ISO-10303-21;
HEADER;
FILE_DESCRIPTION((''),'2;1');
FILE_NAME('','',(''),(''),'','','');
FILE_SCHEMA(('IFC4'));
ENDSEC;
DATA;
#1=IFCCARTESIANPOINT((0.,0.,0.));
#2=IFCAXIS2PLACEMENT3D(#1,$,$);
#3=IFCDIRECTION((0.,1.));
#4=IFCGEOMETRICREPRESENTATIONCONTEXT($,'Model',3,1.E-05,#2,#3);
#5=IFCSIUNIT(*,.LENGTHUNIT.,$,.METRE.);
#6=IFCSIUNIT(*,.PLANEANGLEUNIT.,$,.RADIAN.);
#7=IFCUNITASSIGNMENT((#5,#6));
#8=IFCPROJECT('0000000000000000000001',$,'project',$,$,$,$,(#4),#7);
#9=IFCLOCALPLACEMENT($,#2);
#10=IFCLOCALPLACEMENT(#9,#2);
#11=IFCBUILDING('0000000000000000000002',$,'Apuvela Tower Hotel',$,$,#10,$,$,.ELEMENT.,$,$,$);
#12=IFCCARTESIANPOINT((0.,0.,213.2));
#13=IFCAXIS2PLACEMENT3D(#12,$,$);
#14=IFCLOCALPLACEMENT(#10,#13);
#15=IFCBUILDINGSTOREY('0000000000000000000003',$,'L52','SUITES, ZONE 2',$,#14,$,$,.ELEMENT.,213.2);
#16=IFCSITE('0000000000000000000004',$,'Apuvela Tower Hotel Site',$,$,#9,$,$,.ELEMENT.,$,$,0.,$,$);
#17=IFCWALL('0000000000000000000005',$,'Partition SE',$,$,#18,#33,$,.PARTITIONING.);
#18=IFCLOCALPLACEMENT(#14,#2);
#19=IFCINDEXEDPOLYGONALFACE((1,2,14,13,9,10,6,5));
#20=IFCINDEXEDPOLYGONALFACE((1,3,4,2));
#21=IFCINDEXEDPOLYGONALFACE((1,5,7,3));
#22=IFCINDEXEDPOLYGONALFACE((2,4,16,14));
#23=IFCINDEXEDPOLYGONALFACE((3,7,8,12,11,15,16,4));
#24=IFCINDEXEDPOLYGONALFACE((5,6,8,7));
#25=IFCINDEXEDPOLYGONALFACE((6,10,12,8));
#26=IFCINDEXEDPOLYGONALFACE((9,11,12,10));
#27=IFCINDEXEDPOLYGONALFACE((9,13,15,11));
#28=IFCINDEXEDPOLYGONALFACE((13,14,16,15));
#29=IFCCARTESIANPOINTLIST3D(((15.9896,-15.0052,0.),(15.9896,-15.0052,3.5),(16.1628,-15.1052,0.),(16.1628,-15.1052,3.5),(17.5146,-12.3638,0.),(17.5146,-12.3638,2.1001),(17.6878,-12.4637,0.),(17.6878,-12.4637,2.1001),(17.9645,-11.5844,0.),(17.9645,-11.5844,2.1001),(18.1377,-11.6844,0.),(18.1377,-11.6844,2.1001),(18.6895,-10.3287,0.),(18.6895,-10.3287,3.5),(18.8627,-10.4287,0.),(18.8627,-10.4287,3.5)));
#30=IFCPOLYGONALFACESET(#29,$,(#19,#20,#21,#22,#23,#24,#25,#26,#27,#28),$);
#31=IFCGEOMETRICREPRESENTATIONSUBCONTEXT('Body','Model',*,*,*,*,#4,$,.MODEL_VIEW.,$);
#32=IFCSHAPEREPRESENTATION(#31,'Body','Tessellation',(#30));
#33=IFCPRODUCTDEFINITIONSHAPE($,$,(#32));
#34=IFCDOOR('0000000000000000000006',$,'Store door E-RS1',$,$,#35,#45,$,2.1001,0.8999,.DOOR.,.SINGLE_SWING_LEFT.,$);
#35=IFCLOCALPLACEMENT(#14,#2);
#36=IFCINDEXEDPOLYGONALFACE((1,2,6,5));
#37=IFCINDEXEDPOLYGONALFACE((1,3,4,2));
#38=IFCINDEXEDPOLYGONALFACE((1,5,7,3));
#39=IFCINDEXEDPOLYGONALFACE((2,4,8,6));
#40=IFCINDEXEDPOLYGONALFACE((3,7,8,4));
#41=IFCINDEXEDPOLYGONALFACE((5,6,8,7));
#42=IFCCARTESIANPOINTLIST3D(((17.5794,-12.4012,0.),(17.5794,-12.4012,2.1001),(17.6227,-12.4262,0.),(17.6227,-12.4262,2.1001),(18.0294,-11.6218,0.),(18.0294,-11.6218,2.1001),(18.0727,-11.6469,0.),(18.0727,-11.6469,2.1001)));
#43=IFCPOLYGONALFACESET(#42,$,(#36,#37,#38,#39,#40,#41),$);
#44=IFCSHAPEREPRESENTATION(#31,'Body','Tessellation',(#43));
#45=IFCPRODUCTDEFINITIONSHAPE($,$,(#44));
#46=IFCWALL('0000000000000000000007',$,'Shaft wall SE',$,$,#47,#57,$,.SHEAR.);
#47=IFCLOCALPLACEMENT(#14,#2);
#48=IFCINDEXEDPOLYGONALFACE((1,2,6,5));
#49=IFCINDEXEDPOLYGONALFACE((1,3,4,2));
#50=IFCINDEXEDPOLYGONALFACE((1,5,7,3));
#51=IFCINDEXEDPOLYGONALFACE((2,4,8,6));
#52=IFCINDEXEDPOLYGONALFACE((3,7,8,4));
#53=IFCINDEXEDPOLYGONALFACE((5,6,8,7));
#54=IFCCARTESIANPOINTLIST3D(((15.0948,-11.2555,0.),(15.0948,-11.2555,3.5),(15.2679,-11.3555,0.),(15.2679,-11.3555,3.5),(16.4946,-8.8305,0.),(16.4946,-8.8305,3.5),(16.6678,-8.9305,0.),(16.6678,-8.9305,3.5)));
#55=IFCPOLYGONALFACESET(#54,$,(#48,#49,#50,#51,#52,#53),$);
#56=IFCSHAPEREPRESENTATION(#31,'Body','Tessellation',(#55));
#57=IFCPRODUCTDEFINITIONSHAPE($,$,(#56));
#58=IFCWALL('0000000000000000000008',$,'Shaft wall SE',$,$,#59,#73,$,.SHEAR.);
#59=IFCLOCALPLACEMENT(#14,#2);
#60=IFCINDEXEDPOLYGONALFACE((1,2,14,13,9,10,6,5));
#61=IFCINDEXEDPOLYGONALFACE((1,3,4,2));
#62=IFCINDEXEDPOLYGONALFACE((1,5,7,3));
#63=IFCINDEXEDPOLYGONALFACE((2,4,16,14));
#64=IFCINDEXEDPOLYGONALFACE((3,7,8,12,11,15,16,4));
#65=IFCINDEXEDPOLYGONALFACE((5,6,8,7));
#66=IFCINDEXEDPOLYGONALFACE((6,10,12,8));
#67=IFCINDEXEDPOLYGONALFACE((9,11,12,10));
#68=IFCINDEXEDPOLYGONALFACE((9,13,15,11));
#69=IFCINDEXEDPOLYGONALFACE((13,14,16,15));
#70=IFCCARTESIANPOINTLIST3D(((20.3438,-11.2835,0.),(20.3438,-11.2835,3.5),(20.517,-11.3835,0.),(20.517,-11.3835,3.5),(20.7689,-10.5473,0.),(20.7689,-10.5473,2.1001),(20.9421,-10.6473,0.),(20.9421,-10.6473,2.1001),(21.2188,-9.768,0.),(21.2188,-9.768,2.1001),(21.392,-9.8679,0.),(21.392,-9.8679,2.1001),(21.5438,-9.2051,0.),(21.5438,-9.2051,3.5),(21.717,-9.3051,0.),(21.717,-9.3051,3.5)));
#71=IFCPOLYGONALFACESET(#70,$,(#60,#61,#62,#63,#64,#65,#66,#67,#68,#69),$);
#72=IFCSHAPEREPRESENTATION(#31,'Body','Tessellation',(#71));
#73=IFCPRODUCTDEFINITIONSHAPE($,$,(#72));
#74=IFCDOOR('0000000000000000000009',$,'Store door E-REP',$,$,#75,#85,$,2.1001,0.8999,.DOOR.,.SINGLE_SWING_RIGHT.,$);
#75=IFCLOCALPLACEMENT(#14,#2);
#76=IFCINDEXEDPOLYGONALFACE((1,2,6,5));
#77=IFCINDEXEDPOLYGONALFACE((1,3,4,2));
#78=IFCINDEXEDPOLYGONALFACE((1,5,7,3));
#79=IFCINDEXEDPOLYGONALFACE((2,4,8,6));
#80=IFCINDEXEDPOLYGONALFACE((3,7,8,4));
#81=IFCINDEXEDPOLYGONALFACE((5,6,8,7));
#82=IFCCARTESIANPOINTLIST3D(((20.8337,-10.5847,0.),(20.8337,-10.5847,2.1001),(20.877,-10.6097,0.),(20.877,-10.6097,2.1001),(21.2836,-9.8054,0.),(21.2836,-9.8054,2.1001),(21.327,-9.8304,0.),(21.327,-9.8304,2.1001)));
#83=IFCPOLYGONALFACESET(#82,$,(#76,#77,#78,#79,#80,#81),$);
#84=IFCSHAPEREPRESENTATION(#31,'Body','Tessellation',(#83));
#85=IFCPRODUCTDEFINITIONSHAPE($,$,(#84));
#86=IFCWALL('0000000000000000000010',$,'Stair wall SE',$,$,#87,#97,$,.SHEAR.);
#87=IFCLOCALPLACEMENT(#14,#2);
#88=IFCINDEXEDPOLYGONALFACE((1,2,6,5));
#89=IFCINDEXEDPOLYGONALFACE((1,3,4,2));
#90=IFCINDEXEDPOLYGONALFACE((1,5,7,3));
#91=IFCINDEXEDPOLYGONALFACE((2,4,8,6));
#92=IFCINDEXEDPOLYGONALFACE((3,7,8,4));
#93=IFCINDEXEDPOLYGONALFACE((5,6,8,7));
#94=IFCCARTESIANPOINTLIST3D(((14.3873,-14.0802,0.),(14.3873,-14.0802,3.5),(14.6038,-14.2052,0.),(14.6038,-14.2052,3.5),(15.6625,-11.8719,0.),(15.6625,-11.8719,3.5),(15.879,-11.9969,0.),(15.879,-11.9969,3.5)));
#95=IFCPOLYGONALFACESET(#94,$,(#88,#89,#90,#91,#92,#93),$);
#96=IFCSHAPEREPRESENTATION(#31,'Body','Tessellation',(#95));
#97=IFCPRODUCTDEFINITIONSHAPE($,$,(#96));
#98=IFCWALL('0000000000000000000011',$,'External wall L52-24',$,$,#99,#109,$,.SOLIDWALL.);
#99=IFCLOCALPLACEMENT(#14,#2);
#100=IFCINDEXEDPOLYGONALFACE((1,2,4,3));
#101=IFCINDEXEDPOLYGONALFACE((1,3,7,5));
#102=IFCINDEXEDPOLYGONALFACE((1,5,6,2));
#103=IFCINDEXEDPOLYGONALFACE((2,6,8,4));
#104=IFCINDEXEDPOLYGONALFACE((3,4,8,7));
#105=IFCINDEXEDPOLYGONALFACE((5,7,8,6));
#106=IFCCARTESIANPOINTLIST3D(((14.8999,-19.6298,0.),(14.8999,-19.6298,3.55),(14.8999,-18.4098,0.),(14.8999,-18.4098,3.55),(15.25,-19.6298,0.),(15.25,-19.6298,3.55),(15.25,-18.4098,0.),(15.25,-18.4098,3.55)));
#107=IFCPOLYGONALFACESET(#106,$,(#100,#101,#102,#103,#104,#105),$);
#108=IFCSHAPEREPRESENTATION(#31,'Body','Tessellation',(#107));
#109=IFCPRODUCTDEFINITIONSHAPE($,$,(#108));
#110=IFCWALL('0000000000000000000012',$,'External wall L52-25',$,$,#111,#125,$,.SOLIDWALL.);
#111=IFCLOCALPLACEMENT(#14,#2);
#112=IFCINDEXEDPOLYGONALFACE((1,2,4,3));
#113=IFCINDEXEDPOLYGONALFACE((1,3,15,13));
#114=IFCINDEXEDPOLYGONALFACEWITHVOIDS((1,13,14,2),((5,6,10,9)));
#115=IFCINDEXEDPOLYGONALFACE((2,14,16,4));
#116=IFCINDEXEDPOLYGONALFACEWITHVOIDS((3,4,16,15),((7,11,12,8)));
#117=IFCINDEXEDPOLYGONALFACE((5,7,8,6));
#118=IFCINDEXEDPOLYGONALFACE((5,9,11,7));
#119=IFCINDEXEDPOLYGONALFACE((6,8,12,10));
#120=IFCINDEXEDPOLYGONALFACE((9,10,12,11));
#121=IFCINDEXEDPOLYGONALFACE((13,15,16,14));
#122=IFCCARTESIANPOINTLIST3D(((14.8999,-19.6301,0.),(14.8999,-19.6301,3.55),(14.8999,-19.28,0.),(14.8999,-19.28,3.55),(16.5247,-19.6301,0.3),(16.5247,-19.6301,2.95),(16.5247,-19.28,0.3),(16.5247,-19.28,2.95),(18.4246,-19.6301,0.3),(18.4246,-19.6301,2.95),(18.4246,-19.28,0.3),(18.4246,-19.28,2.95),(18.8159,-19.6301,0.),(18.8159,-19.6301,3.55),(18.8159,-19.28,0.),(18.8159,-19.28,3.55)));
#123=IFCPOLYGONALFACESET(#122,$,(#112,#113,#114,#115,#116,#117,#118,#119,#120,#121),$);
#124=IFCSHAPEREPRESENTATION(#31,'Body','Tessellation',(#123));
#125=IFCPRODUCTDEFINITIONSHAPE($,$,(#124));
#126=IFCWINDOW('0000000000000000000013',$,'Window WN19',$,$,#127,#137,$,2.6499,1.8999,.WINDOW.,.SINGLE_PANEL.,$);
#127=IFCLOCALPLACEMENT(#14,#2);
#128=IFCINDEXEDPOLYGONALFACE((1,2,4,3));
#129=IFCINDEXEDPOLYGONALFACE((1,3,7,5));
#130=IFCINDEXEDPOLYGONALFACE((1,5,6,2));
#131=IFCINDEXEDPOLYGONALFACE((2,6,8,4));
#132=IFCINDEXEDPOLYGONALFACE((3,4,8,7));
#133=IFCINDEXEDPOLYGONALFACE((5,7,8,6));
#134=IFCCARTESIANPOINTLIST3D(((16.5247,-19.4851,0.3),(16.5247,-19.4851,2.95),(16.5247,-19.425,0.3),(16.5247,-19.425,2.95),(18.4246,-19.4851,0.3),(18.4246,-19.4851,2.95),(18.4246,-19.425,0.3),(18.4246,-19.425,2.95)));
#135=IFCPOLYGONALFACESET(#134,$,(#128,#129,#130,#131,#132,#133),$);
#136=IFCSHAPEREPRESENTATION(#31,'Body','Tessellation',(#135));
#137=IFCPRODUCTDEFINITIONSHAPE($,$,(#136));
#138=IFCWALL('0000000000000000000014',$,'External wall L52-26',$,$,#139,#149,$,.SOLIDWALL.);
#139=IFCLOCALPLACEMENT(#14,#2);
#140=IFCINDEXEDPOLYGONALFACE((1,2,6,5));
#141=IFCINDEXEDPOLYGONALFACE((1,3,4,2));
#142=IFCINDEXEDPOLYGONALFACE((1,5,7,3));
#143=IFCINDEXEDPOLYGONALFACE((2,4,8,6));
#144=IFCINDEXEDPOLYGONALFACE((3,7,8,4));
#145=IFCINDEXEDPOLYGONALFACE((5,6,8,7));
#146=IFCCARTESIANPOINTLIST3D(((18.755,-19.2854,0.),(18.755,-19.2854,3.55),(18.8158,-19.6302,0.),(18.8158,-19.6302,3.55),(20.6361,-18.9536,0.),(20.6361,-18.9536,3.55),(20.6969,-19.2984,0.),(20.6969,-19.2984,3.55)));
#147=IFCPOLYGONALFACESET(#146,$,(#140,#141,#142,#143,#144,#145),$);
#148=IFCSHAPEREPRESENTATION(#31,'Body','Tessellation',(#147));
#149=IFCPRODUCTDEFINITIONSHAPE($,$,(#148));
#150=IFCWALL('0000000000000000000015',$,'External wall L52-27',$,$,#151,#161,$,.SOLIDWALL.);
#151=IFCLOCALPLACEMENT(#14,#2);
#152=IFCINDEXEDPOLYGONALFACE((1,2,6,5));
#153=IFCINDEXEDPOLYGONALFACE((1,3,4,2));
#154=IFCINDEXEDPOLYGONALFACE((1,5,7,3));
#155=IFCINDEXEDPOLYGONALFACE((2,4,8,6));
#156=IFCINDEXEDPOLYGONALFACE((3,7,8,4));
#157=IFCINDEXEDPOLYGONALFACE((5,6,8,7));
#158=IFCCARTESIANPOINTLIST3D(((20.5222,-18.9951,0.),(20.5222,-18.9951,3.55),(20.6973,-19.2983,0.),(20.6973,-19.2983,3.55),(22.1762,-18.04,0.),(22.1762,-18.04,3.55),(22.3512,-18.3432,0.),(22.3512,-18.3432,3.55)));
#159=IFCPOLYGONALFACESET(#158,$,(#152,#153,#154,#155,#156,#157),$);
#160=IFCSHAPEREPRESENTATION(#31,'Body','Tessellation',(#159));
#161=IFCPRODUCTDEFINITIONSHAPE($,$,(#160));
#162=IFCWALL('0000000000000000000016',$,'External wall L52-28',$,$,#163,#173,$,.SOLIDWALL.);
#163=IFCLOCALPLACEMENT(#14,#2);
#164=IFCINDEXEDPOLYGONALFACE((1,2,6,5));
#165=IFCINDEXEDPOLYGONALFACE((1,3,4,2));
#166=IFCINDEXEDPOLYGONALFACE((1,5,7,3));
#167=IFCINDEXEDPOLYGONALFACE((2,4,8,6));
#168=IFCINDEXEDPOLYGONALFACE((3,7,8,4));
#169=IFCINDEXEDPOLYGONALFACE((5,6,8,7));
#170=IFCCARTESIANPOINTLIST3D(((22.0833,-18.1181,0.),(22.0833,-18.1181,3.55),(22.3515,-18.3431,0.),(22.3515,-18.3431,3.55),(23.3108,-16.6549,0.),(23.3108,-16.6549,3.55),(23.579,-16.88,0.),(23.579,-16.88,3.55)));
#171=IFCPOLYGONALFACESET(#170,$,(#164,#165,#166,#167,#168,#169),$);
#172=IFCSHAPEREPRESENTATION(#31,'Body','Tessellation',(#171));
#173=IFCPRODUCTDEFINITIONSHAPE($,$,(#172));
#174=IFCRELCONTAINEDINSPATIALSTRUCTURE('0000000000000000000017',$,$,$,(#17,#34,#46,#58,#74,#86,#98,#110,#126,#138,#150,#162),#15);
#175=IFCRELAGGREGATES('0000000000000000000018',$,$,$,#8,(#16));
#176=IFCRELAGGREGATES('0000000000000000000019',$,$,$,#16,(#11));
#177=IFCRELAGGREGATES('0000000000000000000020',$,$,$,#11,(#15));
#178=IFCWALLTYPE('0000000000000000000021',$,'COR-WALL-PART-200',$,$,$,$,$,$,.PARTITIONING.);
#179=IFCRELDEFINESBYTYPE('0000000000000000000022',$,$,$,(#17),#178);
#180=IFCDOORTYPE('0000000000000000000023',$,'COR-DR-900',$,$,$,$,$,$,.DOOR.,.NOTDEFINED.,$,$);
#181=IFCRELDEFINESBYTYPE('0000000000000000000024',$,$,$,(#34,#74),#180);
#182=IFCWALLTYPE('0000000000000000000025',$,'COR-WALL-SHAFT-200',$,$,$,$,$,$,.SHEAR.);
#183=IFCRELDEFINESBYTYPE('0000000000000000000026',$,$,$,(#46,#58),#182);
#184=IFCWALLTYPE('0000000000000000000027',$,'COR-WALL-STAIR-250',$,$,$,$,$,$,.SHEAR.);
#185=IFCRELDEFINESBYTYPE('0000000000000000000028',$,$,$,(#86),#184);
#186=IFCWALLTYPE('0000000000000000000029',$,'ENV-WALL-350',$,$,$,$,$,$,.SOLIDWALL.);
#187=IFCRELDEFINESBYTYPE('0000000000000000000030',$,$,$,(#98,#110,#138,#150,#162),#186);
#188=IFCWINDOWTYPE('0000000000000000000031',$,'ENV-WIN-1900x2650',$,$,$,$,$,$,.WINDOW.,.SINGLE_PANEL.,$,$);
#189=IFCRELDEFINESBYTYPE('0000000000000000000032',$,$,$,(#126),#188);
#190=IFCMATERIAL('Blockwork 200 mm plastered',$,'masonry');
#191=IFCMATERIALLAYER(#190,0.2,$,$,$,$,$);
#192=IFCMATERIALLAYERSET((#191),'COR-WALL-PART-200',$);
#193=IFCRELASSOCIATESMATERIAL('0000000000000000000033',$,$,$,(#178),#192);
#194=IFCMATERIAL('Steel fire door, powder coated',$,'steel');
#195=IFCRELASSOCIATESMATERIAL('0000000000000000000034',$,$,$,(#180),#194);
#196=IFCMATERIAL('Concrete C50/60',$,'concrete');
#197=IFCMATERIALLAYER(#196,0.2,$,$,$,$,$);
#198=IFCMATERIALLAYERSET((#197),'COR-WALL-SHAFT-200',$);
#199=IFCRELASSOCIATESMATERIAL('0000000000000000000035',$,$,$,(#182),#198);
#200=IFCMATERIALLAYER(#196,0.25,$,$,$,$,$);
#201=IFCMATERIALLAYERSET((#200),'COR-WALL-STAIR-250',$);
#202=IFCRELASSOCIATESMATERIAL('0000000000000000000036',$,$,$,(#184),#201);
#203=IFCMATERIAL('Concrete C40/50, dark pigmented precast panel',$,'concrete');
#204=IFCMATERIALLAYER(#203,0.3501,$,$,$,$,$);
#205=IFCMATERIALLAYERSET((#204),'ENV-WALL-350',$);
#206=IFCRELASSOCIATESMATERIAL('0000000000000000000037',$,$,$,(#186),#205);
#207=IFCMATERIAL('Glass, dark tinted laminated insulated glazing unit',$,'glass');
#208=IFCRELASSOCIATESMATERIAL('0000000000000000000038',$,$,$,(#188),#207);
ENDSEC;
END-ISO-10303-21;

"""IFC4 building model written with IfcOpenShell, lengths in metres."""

from ifc_helpers import new_model, si_unit, direction, frame, frame_2d, origin, place, context, subcontext, project, spatial, rectangle, extrude, material, layer, layer_set, type_object, element, fill, save


model = new_model("IFC4")

# Units and contexts
model_context = context("Model", 3, precision=1e-05, world=origin(), true_north=direction((0.0, 1.0)))
body_context = subcontext(model_context, "Body", "Model", "MODEL_VIEW")
ifc_project = project(units=[si_unit("LENGTHUNIT", "METRE"), si_unit("PLANEANGLEUNIT", "RADIAN")], contexts=[model_context])

# Site, building, storey
site_placement = place(None, origin())
site = spatial("IfcSite", under=ifc_project, at=site_placement, Name="Apuvela Tower Hotel Site", CompositionType="ELEMENT", RefElevation=0.0)
building_placement = place(site_placement, origin())
building = spatial("IfcBuilding", under=site, at=building_placement, Name="Apuvela Tower Hotel", CompositionType="ELEMENT")
storey_placement = place(building_placement, frame((0.0, 0.0, 213.2)))
storey = spatial("IfcBuildingStorey", under=building, at=storey_placement, Name="L52", Description="SUITES, ZONE 2", CompositionType="ELEMENT", Elevation=213.2)

# Wall, opening, door
ifc_material_1 = material(Name="Blockwork 200 mm plastered", Category="masonry")
ifc_layer_1 = layer(ifc_material_1, 0.2)
ifc_layer_set_1 = layer_set([ifc_layer_1], Name="COR-WALL-PART-200")
wall_type_1 = type_object("IfcWallType", Name="COR-WALL-PART-200", PredefinedType="PARTITIONING", material=ifc_layer_set_1)
wall_1_placement = place(storey_placement, frame((16.0762, -15.0552, 0.0), z_axis=(0.0, 0.0, 1.0), x_axis=(0.499995, 0.866028, 0.0)))
wall_1 = element("IfcWall", 1, at=wall_1_placement, inside=storey, type_object=wall_type_1, Name="Partition SE", PredefinedType="PARTITIONING", context=body_context, shape_type="SweptSolid", body=[
    extrude(rectangle(XDim=5.3999, YDim=0.2, at=frame_2d((2.7, 0.0))), origin(), (0.0, 0.0, 1.0), 3.5),
])
opening_1_placement = place(wall_1_placement, frame((3.05, 0.0, 0.0)))
opening_1 = element("IfcOpeningElement", 2, at=opening_1_placement, cuts=wall_1, PredefinedType="OPENING", context=body_context, shape_type="SweptSolid", body=[
    extrude(rectangle(XDim=0.8999, YDim=2.1001, at=frame_2d((0.45, 1.05))), frame((0.0, 0.1099, 0.0), z_axis=(0.0, -1.0, 0.0), x_axis=(1.0, 0.0, 0.0)), (0.0, 0.0, 1.0), 0.22),
])
ifc_material_2 = material(Name="Steel fire door, powder coated", Category="steel")
door_type_1 = type_object("IfcDoorType", Name="COR-DR-900", OperationType="NOTDEFINED", PredefinedType="DOOR", material=ifc_material_2)
door_1_placement = place(opening_1_placement, frame((0.8999, 0.0, 0.0), z_axis=(0.0, 0.0, 1.0), x_axis=(-1.0, 0.0, 0.0)))
door_1 = element("IfcDoor", 3, at=door_1_placement, inside=storey, type_object=door_type_1, Name="Store door E-RS1", OperationType="SINGLE_SWING_LEFT", OverallHeight=2.1001, OverallWidth=0.8999, PredefinedType="DOOR", context=body_context, shape_type="SweptSolid", body=[
    extrude(rectangle(XDim=0.8999, YDim=2.1001, at=frame_2d((0.45, 1.05))), frame((0.0, 0.0249, 0.0), z_axis=(0.0, -1.0, 0.0), x_axis=(1.0, 0.0, 0.0)), (0.0, 0.0, 1.0), 0.05),
])
fill(opening_1, door_1)

# Wall
ifc_material_3 = material(Name="Concrete C50/60", Category="concrete")
ifc_layer_2 = layer(ifc_material_3, 0.2)
ifc_layer_set_2 = layer_set([ifc_layer_2], Name="COR-WALL-SHAFT-200")
wall_type_2 = type_object("IfcWallType", Name="COR-WALL-SHAFT-200", PredefinedType="SHEAR", material=ifc_layer_set_2)
wall_2_placement = place(storey_placement, frame((15.1814, -11.3054, 0.0), z_axis=(0.0, 0.0, 1.0), x_axis=(0.499946, 0.866056, 0.0)))
element("IfcWall", 4, at=wall_2_placement, inside=storey, type_object=wall_type_2, Name="Shaft wall SE", PredefinedType="SHEAR", context=body_context, shape_type="SweptSolid", body=[
    extrude(rectangle(XDim=2.8, YDim=0.2, at=frame_2d((1.3999, 0.0))), origin(), (0.0, 0.0, 1.0), 3.5),
])

# Wall, opening, door
wall_3_placement = place(storey_placement, frame((20.4304, -11.3335, 0.0), z_axis=(0.0, 0.0, 1.0), x_axis=(0.500001, 0.866025, 0.0)))
wall_3 = element("IfcWall", 5, at=wall_3_placement, inside=storey, type_object=wall_type_2, Name="Shaft wall SE", PredefinedType="SHEAR", context=body_context, shape_type="SweptSolid", body=[
    extrude(rectangle(XDim=2.3999, YDim=0.2, at=frame_2d((1.2, 0.0))), origin(), (0.0, 0.0, 1.0), 3.5),
])
opening_2_placement = place(wall_3_placement, frame((0.8501, 0.0, 0.0)))
opening_2 = element("IfcOpeningElement", 6, at=opening_2_placement, cuts=wall_3, PredefinedType="OPENING", context=body_context, shape_type="SweptSolid", body=[
    extrude(rectangle(XDim=0.8999, YDim=2.1001, at=frame_2d((0.45, 1.05))), frame((0.0, 0.1099, 0.0), z_axis=(0.0, -1.0, 0.0), x_axis=(1.0, 0.0, 0.0)), (0.0, 0.0, 1.0), 0.22),
])
door_2_placement = place(opening_2_placement, frame((0.8999, 0.0, 0.0), z_axis=(0.0, 0.0, 1.0), x_axis=(-1.0, 0.0, 0.0)))
door_2 = element("IfcDoor", 7, at=door_2_placement, inside=storey, type_object=door_type_1, Name="Store door E-REP", OperationType="SINGLE_SWING_RIGHT", OverallHeight=2.1001, OverallWidth=0.8999, PredefinedType="DOOR", context=body_context, shape_type="SweptSolid", body=[
    extrude(rectangle(XDim=0.8999, YDim=2.1001, at=frame_2d((0.45, 1.05))), frame((0.0, 0.0249, 0.0), z_axis=(0.0, -1.0, 0.0), x_axis=(1.0, 0.0, 0.0)), (0.0, 0.0, 1.0), 0.05),
])
fill(opening_2, door_2)

# Walls
ifc_layer_3 = layer(ifc_material_3, 0.25)
ifc_layer_set_3 = layer_set([ifc_layer_3], Name="COR-WALL-STAIR-250")
wall_type_3 = type_object("IfcWallType", Name="COR-WALL-STAIR-250", PredefinedType="SHEAR", material=ifc_layer_set_3)
wall_4_placement = place(storey_placement, frame((14.4956, -14.1426, 0.0), z_axis=(0.0, 0.0, 1.0), x_axis=(0.500062, 0.865989, 0.0)))
element("IfcWall", 8, at=wall_4_placement, inside=storey, type_object=wall_type_3, Name="Stair wall SE", PredefinedType="SHEAR", context=body_context, shape_type="SweptSolid", body=[
    extrude(rectangle(XDim=2.55, YDim=0.25, at=frame_2d((1.2749, 0.0))), origin(), (0.0, 0.0, 1.0), 3.5),
])
ifc_material_4 = material(Name="Concrete C40/50, dark pigmented precast panel", Category="concrete")
ifc_layer_4 = layer(ifc_material_4, 0.3501)
ifc_layer_set_4 = layer_set([ifc_layer_4], Name="ENV-WALL-350")
wall_type_4 = type_object("IfcWallType", Name="ENV-WALL-350", PredefinedType="SOLIDWALL", material=ifc_layer_set_4)
wall_5_placement = place(storey_placement, frame((15.075, -18.4099, 0.0), z_axis=(0.0, 0.0, 1.0), x_axis=(0.0, -1.0, 0.0)))
element("IfcWall", 9, at=wall_5_placement, inside=storey, type_object=wall_type_4, Name="External wall L52-24", PredefinedType="SOLIDWALL", context=body_context, shape_type="SweptSolid", body=[
    extrude(rectangle(XDim=1.22, YDim=0.3501, at=frame_2d((0.6099, 0.0))), origin(), (0.0, 0.0, 1.0), 3.55),
])

# Wall, opening, window
wall_6_placement = place(storey_placement, frame((14.8999, -19.4551, 0.0), z_axis=(0.0, 0.0, 1.0), x_axis=(1.0, 0.0, 0.0)))
wall_6 = element("IfcWall", 10, at=wall_6_placement, inside=storey, type_object=wall_type_4, Name="External wall L52-25", PredefinedType="SOLIDWALL", context=body_context, shape_type="SweptSolid", body=[
    extrude(rectangle(XDim=3.916, YDim=0.3501, at=frame_2d((1.958, 0.0))), origin(), (0.0, 0.0, 1.0), 3.55),
])
opening_3_placement = place(wall_6_placement, frame((1.6248, 0.0, 0.3)))
opening_3 = element("IfcOpeningElement", 11, at=opening_3_placement, cuts=wall_6, PredefinedType="OPENING", context=body_context, shape_type="SweptSolid", body=[
    extrude(rectangle(XDim=1.8999, YDim=2.6499, at=frame_2d((0.95, 1.325))), frame((0.0, 0.1851, 0.0), z_axis=(0.0, -1.0, 0.0), x_axis=(1.0, 0.0, 0.0)), (0.0, 0.0, 1.0), 0.3701),
])
ifc_material_5 = material(Name="Glass, dark tinted laminated insulated glazing unit", Category="glass")
window_type = type_object("IfcWindowType", Name="ENV-WIN-1900x2650", PartitioningType="SINGLE_PANEL", PredefinedType="WINDOW", material=ifc_material_5)
window_placement = place(opening_3_placement, origin())
window = element("IfcWindow", 12, at=window_placement, inside=storey, type_object=window_type, Name="Window WN19", OverallHeight=2.6499, OverallWidth=1.8999, PartitioningType="SINGLE_PANEL", PredefinedType="WINDOW", context=body_context, shape_type="SweptSolid", body=[
    extrude(rectangle(XDim=1.8999, YDim=2.6499, at=frame_2d((0.95, 1.325))), frame((0.0, 0.03, 0.0), z_axis=(0.0, -1.0, 0.0), x_axis=(1.0, 0.0, 0.0)), (0.0, 0.0, 1.0), 0.0601),
])
fill(opening_3, window)

# Walls
wall_7_placement = place(storey_placement, frame((18.7854, -19.4578, 0.0), z_axis=(0.0, 0.0, 1.0), x_axis=(0.984799, 0.173698, 0.0)))
element("IfcWall", 13, at=wall_7_placement, inside=storey, type_object=wall_type_4, Name="External wall L52-26", PredefinedType="SOLIDWALL", context=body_context, shape_type="SweptSolid", body=[
    extrude(rectangle(XDim=1.9102, YDim=0.3501, at=frame_2d((0.9551, 0.0))), origin(), (0.0, 0.0, 1.0), 3.55),
])
for number, where, z_axis, x_axis, name in (
    (14, (20.6096, -19.1467, 0.0), (0.0, 0.0, 1.0), (0.866, 0.500043, 0.0), "External wall L52-27"),
    (15, (22.2173, -18.2307, 0.0), (0.0, 0.0, 1.0), (0.642733, 0.76609, 0.0), "External wall L52-28"),
):
    element("IfcWall", number, at=place(storey_placement, frame(where, z_axis=z_axis, x_axis=x_axis)), inside=storey, type_object=wall_type_4, Name=name, PredefinedType="SOLIDWALL", context=body_context, shape_type="SweptSolid", body=[
        extrude(rectangle(XDim=1.9099, YDim=0.3501, at=frame_2d((0.9551, 0.0))), origin(), (0.0, 0.0, 1.0), 3.55),
    ])

save(model, "model.ifc")
